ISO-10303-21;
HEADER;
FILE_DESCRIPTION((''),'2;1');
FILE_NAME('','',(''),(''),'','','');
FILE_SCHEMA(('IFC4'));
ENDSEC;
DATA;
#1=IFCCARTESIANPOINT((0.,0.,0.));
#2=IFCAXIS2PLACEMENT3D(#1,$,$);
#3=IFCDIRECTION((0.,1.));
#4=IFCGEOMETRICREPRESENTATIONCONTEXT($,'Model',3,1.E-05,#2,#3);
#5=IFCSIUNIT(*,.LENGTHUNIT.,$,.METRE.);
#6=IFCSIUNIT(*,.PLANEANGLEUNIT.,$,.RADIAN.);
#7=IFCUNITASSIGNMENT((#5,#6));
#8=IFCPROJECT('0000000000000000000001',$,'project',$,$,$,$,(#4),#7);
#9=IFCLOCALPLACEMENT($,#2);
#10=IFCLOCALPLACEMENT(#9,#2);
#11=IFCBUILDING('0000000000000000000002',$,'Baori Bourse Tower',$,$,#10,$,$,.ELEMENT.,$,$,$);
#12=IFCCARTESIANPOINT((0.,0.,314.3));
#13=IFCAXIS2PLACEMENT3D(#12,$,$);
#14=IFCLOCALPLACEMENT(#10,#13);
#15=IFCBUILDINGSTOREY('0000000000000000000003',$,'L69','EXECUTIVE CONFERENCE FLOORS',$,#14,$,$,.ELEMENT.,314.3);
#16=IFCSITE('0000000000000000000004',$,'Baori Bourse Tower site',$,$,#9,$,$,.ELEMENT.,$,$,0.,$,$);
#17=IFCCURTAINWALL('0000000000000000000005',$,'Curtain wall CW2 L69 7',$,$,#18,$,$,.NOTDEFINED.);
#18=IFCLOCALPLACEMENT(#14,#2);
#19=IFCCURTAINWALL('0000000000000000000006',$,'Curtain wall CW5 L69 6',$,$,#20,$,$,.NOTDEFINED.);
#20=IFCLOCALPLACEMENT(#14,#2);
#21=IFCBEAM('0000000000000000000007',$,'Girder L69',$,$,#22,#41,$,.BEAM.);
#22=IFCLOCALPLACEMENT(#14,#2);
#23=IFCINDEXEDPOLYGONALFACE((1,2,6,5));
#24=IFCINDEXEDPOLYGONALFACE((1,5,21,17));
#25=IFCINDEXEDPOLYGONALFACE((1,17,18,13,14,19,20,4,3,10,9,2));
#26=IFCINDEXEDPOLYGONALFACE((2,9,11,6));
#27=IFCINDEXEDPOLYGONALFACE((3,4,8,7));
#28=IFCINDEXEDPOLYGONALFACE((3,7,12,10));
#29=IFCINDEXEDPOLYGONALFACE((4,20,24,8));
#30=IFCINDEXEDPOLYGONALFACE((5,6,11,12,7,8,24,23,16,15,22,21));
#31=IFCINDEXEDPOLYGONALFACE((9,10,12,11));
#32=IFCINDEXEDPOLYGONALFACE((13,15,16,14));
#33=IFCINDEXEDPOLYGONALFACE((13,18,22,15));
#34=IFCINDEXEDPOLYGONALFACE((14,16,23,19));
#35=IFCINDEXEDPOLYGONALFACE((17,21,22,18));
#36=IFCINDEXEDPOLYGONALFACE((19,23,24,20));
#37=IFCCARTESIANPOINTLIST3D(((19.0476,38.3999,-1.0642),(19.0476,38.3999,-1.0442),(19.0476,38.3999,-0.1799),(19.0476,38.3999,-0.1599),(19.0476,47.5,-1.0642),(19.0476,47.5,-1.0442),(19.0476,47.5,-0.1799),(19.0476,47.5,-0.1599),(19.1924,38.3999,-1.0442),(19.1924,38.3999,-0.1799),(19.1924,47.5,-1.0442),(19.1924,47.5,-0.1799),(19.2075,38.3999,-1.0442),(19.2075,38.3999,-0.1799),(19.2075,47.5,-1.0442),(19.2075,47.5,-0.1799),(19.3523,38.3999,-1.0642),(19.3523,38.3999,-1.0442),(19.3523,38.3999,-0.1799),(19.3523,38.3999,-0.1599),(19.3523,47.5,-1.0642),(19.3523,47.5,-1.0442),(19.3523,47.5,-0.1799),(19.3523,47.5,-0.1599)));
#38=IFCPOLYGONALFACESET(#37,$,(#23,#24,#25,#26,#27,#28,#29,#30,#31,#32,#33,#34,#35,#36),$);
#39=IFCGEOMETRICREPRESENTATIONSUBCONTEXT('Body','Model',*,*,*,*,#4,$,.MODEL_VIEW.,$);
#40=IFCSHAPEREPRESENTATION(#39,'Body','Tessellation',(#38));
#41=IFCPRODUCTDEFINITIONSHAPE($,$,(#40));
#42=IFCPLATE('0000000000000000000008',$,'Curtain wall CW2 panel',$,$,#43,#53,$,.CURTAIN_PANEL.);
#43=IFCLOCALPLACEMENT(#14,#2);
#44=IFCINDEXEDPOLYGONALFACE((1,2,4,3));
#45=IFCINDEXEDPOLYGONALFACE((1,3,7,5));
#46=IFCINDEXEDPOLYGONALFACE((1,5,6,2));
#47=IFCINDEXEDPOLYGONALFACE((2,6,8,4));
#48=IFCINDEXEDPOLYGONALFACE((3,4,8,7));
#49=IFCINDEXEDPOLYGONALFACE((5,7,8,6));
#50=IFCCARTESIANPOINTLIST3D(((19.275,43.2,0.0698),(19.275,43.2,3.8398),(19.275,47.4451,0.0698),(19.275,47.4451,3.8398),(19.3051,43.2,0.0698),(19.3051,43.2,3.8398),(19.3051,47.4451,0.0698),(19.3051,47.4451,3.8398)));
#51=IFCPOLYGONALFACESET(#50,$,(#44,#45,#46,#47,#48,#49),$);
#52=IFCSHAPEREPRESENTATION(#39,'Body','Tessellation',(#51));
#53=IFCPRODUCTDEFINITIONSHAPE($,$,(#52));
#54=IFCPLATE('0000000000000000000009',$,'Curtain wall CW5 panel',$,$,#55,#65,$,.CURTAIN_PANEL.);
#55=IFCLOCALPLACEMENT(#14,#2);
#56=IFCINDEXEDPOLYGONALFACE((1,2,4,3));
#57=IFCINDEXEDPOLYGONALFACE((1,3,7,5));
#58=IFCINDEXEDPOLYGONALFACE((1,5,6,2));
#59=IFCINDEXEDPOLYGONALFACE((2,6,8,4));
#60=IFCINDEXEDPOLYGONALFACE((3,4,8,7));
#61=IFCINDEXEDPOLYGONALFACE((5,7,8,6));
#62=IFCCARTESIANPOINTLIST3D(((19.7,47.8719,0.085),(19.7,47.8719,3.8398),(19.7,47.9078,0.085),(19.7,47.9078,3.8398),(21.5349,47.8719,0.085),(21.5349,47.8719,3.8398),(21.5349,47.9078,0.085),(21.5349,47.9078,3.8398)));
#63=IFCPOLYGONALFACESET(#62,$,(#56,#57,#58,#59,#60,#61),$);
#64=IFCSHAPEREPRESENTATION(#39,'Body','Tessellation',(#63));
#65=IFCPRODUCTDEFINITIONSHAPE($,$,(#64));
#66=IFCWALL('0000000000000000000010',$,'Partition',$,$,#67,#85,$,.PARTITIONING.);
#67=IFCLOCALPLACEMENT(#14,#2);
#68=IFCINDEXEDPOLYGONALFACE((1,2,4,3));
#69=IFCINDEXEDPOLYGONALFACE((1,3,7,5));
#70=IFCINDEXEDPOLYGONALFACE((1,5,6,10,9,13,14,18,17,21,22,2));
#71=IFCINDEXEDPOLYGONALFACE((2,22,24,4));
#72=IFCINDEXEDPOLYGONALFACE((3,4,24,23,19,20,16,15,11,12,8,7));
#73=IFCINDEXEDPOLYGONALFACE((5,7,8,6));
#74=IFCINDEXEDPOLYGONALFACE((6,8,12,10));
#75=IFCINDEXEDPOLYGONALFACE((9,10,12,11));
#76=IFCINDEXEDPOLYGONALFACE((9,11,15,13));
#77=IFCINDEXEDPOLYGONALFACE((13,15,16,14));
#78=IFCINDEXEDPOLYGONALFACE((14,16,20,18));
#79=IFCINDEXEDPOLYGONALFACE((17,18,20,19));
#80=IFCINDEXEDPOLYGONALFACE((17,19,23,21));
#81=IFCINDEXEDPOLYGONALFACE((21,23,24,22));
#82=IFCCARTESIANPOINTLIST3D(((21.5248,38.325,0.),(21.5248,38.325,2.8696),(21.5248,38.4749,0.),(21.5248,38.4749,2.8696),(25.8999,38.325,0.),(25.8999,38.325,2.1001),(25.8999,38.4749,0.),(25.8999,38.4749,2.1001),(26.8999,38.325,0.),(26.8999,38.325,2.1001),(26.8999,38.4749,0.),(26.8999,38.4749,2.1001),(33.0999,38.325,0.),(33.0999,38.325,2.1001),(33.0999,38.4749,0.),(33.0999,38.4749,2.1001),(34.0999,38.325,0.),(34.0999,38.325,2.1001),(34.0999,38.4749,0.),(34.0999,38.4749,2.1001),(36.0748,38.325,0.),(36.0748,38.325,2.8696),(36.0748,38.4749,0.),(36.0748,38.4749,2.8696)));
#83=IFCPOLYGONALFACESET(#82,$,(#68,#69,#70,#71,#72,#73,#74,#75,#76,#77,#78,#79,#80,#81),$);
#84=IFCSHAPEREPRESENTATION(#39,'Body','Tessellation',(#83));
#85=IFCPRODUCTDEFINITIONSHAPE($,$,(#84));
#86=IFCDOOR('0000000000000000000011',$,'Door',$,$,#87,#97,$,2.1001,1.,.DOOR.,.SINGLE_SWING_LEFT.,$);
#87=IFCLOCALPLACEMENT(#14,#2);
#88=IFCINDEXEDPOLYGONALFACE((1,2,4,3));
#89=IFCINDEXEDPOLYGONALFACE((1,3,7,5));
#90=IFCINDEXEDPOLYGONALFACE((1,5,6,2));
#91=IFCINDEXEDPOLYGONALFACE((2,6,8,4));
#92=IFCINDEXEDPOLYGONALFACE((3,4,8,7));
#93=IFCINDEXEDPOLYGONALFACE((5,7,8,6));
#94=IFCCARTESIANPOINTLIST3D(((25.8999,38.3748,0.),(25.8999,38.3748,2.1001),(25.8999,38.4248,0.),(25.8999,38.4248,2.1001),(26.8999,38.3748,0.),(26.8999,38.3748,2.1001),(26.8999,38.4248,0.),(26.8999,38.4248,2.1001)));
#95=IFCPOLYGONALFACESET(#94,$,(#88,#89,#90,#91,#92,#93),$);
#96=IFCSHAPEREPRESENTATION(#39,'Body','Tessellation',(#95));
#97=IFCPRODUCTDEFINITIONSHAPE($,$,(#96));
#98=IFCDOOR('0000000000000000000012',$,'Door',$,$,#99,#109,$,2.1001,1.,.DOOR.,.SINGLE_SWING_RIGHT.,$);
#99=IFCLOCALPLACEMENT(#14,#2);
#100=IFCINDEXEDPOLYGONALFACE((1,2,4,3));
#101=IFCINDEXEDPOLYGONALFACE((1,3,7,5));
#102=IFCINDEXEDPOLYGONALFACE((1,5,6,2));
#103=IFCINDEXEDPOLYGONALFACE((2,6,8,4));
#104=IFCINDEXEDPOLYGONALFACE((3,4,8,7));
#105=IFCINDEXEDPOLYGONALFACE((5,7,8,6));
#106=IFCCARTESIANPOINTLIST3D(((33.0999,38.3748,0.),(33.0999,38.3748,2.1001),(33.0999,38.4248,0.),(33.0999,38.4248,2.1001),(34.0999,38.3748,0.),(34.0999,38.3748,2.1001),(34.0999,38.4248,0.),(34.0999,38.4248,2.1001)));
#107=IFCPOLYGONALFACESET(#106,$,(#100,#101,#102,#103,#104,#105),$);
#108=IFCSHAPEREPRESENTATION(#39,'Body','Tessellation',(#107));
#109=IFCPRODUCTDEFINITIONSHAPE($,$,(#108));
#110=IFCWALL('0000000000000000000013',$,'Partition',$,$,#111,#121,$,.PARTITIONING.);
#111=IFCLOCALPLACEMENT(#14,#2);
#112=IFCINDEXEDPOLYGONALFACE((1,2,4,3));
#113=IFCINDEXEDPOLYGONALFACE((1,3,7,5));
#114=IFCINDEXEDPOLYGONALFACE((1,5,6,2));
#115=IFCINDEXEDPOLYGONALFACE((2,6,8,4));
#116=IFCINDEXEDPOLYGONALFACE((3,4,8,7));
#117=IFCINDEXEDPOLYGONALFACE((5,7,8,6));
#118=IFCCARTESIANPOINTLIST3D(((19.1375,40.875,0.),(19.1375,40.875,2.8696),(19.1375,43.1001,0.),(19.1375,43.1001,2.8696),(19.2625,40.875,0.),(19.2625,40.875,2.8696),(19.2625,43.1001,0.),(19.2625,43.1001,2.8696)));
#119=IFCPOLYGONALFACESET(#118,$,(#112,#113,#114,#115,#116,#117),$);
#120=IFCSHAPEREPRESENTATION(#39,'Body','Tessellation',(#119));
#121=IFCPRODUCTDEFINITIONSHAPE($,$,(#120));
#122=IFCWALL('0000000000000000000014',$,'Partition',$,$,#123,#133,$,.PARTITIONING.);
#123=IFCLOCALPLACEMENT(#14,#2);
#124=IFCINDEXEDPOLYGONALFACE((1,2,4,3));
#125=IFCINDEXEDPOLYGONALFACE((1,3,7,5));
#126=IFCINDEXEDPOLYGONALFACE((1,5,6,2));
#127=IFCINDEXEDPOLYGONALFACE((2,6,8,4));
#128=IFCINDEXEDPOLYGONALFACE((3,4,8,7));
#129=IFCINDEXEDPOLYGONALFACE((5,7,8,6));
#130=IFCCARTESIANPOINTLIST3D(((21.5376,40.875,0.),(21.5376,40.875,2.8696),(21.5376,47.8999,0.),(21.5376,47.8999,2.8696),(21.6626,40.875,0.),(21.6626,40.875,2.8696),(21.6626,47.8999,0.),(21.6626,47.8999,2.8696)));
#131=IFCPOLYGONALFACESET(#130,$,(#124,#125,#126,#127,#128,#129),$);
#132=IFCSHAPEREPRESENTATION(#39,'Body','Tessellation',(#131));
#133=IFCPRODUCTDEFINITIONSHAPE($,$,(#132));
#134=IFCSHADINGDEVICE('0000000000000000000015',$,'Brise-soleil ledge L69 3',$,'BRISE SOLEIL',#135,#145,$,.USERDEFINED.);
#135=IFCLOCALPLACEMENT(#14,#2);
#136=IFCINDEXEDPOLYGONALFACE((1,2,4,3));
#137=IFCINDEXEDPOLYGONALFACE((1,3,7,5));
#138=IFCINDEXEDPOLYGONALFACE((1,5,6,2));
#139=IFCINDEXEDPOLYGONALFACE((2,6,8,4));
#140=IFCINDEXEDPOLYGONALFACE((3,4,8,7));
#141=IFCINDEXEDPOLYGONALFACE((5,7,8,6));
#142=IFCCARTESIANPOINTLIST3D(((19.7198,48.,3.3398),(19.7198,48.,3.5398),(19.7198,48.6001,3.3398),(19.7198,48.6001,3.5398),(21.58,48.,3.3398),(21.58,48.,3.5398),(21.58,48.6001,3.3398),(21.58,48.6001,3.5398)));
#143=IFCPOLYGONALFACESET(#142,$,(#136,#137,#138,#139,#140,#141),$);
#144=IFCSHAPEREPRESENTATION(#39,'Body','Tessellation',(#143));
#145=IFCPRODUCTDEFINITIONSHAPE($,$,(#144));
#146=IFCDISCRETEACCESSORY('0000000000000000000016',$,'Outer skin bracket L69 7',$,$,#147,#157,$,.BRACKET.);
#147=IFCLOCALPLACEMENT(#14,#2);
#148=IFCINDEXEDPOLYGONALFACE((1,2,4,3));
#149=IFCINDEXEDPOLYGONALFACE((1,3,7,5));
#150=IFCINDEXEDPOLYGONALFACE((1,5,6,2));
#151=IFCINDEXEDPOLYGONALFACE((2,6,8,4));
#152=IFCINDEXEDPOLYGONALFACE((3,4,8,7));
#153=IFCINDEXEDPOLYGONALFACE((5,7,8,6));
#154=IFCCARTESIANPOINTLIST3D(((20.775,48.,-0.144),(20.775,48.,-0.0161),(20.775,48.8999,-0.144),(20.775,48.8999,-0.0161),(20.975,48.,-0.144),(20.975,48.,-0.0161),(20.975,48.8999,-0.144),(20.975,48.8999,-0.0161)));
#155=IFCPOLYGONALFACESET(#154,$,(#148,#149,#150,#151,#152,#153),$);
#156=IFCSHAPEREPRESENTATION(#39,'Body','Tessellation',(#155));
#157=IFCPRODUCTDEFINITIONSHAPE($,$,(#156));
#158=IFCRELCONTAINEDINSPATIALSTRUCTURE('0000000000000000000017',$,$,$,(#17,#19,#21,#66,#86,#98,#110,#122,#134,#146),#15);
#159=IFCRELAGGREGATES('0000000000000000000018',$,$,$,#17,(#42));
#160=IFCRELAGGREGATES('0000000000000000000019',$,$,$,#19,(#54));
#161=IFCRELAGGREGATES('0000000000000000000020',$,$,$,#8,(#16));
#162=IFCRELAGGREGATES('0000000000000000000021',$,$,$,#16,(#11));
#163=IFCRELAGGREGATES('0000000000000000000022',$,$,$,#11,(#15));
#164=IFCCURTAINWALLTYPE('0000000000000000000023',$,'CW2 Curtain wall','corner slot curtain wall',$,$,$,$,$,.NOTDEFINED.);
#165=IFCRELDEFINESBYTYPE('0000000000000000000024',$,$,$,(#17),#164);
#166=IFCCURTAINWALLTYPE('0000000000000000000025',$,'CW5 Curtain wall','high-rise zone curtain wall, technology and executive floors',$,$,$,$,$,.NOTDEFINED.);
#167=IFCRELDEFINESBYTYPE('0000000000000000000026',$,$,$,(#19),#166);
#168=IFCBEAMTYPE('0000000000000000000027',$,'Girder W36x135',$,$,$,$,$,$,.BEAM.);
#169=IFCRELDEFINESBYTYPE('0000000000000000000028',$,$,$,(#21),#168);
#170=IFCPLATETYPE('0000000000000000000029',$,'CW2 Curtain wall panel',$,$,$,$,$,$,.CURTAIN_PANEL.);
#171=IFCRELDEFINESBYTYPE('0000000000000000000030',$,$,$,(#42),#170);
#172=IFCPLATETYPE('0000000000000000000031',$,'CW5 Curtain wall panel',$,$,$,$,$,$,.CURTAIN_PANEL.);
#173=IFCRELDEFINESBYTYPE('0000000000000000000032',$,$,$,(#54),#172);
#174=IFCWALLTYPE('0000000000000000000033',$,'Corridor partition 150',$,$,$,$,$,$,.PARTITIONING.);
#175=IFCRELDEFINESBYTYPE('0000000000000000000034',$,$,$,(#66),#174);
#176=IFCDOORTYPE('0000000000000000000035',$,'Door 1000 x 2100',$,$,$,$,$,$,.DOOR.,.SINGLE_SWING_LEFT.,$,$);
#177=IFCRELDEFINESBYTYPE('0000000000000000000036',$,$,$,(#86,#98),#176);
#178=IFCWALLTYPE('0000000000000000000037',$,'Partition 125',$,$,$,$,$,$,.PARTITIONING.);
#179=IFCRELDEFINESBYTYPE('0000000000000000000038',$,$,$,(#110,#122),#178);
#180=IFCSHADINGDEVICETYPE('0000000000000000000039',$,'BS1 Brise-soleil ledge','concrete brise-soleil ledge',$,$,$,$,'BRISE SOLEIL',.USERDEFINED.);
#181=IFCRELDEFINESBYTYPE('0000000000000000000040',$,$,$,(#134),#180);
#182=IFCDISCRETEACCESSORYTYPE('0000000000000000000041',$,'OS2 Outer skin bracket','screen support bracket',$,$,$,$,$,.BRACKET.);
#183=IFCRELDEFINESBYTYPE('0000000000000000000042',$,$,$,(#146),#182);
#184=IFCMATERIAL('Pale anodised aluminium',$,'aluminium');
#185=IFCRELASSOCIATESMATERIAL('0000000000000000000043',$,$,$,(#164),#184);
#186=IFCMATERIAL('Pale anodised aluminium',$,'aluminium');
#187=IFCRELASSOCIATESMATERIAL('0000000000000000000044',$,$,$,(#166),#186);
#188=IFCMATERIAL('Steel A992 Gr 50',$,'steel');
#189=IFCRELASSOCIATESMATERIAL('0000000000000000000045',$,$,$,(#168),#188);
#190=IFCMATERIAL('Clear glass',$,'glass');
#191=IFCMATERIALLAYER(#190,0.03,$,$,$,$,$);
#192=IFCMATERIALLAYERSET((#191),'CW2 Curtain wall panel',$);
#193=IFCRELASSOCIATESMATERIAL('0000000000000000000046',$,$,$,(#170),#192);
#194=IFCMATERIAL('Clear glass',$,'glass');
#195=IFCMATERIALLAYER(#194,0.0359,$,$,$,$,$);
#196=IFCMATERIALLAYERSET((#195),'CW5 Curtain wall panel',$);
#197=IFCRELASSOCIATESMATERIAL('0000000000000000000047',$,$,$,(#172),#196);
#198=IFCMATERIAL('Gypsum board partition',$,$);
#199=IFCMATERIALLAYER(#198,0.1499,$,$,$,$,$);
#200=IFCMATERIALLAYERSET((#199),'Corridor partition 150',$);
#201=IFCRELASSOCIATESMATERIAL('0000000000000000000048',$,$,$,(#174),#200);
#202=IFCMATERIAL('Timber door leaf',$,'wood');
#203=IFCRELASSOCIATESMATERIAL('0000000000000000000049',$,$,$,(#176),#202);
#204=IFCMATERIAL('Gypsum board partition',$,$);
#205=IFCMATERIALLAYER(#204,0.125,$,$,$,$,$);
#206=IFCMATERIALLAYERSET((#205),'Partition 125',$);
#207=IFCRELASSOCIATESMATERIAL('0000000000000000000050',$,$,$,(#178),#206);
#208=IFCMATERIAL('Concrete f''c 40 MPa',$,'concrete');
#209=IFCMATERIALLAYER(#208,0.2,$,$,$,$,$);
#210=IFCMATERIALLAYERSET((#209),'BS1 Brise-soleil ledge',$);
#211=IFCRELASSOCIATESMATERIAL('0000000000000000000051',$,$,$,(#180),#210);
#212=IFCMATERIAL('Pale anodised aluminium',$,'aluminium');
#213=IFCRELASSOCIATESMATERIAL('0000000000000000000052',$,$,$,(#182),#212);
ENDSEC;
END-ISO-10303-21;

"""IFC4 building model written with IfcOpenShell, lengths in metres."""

from ifc_helpers import new_model, si_unit, direction, frame, frame_2d, origin, origin_2d, place, context, subcontext, project, spatial, rectangle, i_section, extrude, material, layer, layer_set, material_profile, profile_set, type_object, element, fill, aggregate, save


model = new_model("IFC4")

# Units and contexts
model_context = context("Model", 3, precision=1e-05, world=origin(), true_north=direction((0.0, 1.0)))
body_context = subcontext(model_context, "Body", "Model", "MODEL_VIEW")
ifc_project = project(units=[si_unit("LENGTHUNIT", "METRE"), si_unit("PLANEANGLEUNIT", "RADIAN")], contexts=[model_context])

# Site, building, storey
site_placement = place(None, origin())
site = spatial("IfcSite", under=ifc_project, at=site_placement, Name="Baori Bourse Tower site", CompositionType="ELEMENT", RefElevation=0.0)
building_placement = place(site_placement, origin())
building = spatial("IfcBuilding", under=site, at=building_placement, Name="Baori Bourse Tower", CompositionType="ELEMENT")
storey_placement = place(building_placement, frame((0.0, 0.0, 314.3)))
storey = spatial("IfcBuildingStorey", under=building, at=storey_placement, Name="L69", Description="EXECUTIVE CONFERENCE FLOORS", CompositionType="ELEMENT", Elevation=314.3)

# Curtain wall
ifc_material_1 = material(Name="Pale anodised aluminium", Category="aluminium")
curtain_wall_type_1 = type_object("IfcCurtainWallType", Name="CW2 Curtain wall", Description="corner slot curtain wall", PredefinedType="NOTDEFINED", material=ifc_material_1)
curtain_wall_1_placement = place(storey_placement, origin())
curtain_wall_1 = element("IfcCurtainWall", 1, at=curtain_wall_1_placement, inside=storey, type_object=curtain_wall_type_1, Name="Curtain wall CW2 L69 7", PredefinedType="NOTDEFINED")

# Curtain wall
ifc_material_2 = material(Name="Pale anodised aluminium", Category="aluminium")
curtain_wall_type_2 = type_object("IfcCurtainWallType", Name="CW5 Curtain wall", Description="high-rise zone curtain wall, technology and executive floors", PredefinedType="NOTDEFINED", material=ifc_material_2)
curtain_wall_2_placement = place(storey_placement, origin())
curtain_wall_2 = element("IfcCurtainWall", 2, at=curtain_wall_2_placement, inside=storey, type_object=curtain_wall_type_2, Name="Curtain wall CW5 L69 6", PredefinedType="NOTDEFINED")

# Beam
ifc_material_3 = material(Name="Steel A992 Gr 50", Category="steel")
ifc_material_profile_1 = material_profile(ifc_material_3, i_section(OverallWidth=0.3047, OverallDepth=0.9043, WebThickness=0.0151, FlangeThickness=0.02, at=origin_2d()), Name="W36x135")
ifc_profile_set_1 = profile_set([ifc_material_profile_1], Name="Steel A992 Gr 50")
beam_type_1 = type_object("IfcBeamType", Name="Girder W36x135", PredefinedType="BEAM", material=ifc_profile_set_1)
beam_1_placement = place(storey_placement, frame((19.2, 38.3999, -0.6121), z_axis=(0.0, 1.0, 0.0), x_axis=(-1.0, 0.0, 0.0)))
element("IfcBeam", 3, at=beam_1_placement, inside=storey, type_object=beam_type_1, Name="Girder L69", PredefinedType="BEAM", context=body_context, shape_type="SweptSolid", body=[
    extrude(i_section(OverallWidth=0.3047, OverallDepth=0.9043, WebThickness=0.0151, FlangeThickness=0.02, at=origin_2d()), origin(), (0.0, 0.0, 1.0), 9.1001),
])

# Plates
ifc_material_4 = material(Name="Clear glass", Category="glass")
ifc_layer_1 = layer(ifc_material_4, 0.03)
ifc_layer_set_1 = layer_set([ifc_layer_1], Name="CW2 Curtain wall panel")
plate_type_1 = type_object("IfcPlateType", Name="CW2 Curtain wall panel", PredefinedType="CURTAIN_PANEL", material=ifc_layer_set_1)
plate_1_placement = place(storey_placement, frame((19.29, 45.3225, 0.0698), z_axis=(0.0, 0.0, 1.0), x_axis=(0.0, -1.0, 0.0)))
plate_1 = element("IfcPlate", 4, at=plate_1_placement, type_object=plate_type_1, Name="Curtain wall CW2 panel", PredefinedType="CURTAIN_PANEL", context=body_context, shape_type="SweptSolid", body=[
    extrude(rectangle(XDim=4.2451, YDim=0.03, at=origin_2d()), origin(), (0.0, 0.0, 1.0), 3.77),
])
aggregate(curtain_wall_1, [plate_1])
ifc_material_5 = material(Name="Clear glass", Category="glass")
ifc_layer_2 = layer(ifc_material_5, 0.0359)
ifc_layer_set_2 = layer_set([ifc_layer_2], Name="CW5 Curtain wall panel")
plate_type_2 = type_object("IfcPlateType", Name="CW5 Curtain wall panel", PredefinedType="CURTAIN_PANEL", material=ifc_layer_set_2)
plate_2_placement = place(storey_placement, frame((20.6174, 47.8899, 0.085), z_axis=(0.0, 0.0, 1.0), x_axis=(-1.0, 0.0, 0.0)))
plate_2 = element("IfcPlate", 5, at=plate_2_placement, type_object=plate_type_2, Name="Curtain wall CW5 panel", PredefinedType="CURTAIN_PANEL", context=body_context, shape_type="SweptSolid", body=[
    extrude(rectangle(XDim=1.835, YDim=0.0359, at=origin_2d()), origin(), (0.0, 0.0, 1.0), 3.7549),
])
aggregate(curtain_wall_2, [plate_2])

# Wall, openings, doors
ifc_material_6 = material(Name="Gypsum board partition")
ifc_layer_3 = layer(ifc_material_6, 0.1499)
ifc_layer_set_3 = layer_set([ifc_layer_3], Name="Corridor partition 150")
wall_type_1 = type_object("IfcWallType", Name="Corridor partition 150", PredefinedType="PARTITIONING", material=ifc_layer_set_3)
wall_1_placement = place(storey_placement, frame((21.5249, 38.3999, 0.0), z_axis=(0.0, 0.0, 1.0), x_axis=(1.0, 0.0, 0.0)))
wall_1 = element("IfcWall", 6, at=wall_1_placement, inside=storey, type_object=wall_type_1, Name="Partition", PredefinedType="PARTITIONING", context=body_context, shape_type="SweptSolid", body=[
    extrude(rectangle(XDim=14.55, YDim=0.1499, at=frame_2d((7.2749, 0.0))), origin(), (0.0, 0.0, 1.0), 2.8696),
])
opening_1_placement = place(wall_1_placement, frame((4.375, 0.0, 0.0)))
opening_1 = element("IfcOpeningElement", 7, at=opening_1_placement, cuts=wall_1, PredefinedType="OPENING", context=body_context, shape_type="SweptSolid", body=[
    extrude(rectangle(XDim=1.0, YDim=2.1001, at=frame_2d((0.5, 1.05))), frame((0.0, 0.085, 0.0), z_axis=(0.0, -1.0, 0.0), x_axis=(1.0, 0.0, 0.0)), (0.0, 0.0, 1.0), 0.1699),
])
opening_2_placement = place(wall_1_placement, frame((11.575, 0.0, 0.0)))
opening_2 = element("IfcOpeningElement", 8, at=opening_2_placement, cuts=wall_1, PredefinedType="OPENING", context=body_context, shape_type="SweptSolid", body=[
    extrude(rectangle(XDim=1.0, YDim=2.1001, at=frame_2d((0.5, 1.05))), frame((0.0, 0.085, 0.0), z_axis=(0.0, -1.0, 0.0), x_axis=(1.0, 0.0, 0.0)), (0.0, 0.0, 1.0), 0.1699),
])
ifc_material_7 = material(Name="Timber door leaf", Category="wood")
door_type = type_object("IfcDoorType", Name="Door 1000 x 2100", OperationType="SINGLE_SWING_LEFT", PredefinedType="DOOR", material=ifc_material_7)
door_1_placement = place(opening_1_placement, origin())
door_1 = element("IfcDoor", 9, at=door_1_placement, inside=storey, type_object=door_type, Name="Door", OperationType="SINGLE_SWING_LEFT", OverallHeight=2.1001, OverallWidth=1.0, PredefinedType="DOOR", context=body_context, shape_type="SweptSolid", body=[
    extrude(rectangle(XDim=1.0, YDim=2.1001, at=frame_2d((0.5, 1.05))), frame((0.0, 0.0249, 0.0), z_axis=(0.0, -1.0, 0.0), x_axis=(1.0, 0.0, 0.0)), (0.0, 0.0, 1.0), 0.05),
])
fill(opening_1, door_1)
door_2_placement = place(opening_2_placement, origin())
door_2 = element("IfcDoor", 10, at=door_2_placement, inside=storey, type_object=door_type, Name="Door", OperationType="SINGLE_SWING_RIGHT", OverallHeight=2.1001, OverallWidth=1.0, PredefinedType="DOOR", context=body_context, shape_type="SweptSolid", body=[
    extrude(rectangle(XDim=1.0, YDim=2.1001, at=frame_2d((0.5, 1.05))), frame((0.0, 0.0249, 0.0), z_axis=(0.0, -1.0, 0.0), x_axis=(1.0, 0.0, 0.0)), (0.0, 0.0, 1.0), 0.05),
])
fill(opening_2, door_2)

# Walls
ifc_material_8 = material(Name="Gypsum board partition")
ifc_layer_4 = layer(ifc_material_8, 0.125)
ifc_layer_set_4 = layer_set([ifc_layer_4], Name="Partition 125")
wall_type_2 = type_object("IfcWallType", Name="Partition 125", PredefinedType="PARTITIONING", material=ifc_layer_set_4)
wall_2_placement = place(storey_placement, frame((19.2, 40.875, 0.0), z_axis=(0.0, 0.0, 1.0), x_axis=(0.0, 1.0, 0.0)))
element("IfcWall", 11, at=wall_2_placement, inside=storey, type_object=wall_type_2, Name="Partition", PredefinedType="PARTITIONING", context=body_context, shape_type="SweptSolid", body=[
    extrude(rectangle(XDim=2.2251, YDim=0.125, at=frame_2d((1.1125, 0.0))), origin(), (0.0, 0.0, 1.0), 2.8696),
])
wall_3_placement = place(storey_placement, frame((21.6001, 40.875, 0.0), z_axis=(0.0, 0.0, 1.0), x_axis=(0.0, 1.0, 0.0)))
element("IfcWall", 12, at=wall_3_placement, inside=storey, type_object=wall_type_2, Name="Partition", PredefinedType="PARTITIONING", context=body_context, shape_type="SweptSolid", body=[
    extrude(rectangle(XDim=7.0249, YDim=0.125, at=frame_2d((3.5125, 0.0))), origin(), (0.0, 0.0, 1.0), 2.8696),
])

# Shading device
ifc_material_9 = material(Name="Concrete f'c 40 MPa", Category="concrete")
ifc_layer_5 = layer(ifc_material_9, 0.2)
ifc_layer_set_5 = layer_set([ifc_layer_5], Name="BS1 Brise-soleil ledge")
shading_device_type = type_object("IfcShadingDeviceType", Name="BS1 Brise-soleil ledge", Description="concrete brise-soleil ledge", ElementType="BRISE SOLEIL", PredefinedType="USERDEFINED", material=ifc_layer_set_5)
shading_device_placement = place(storey_placement, frame((20.6499, 48.3, 3.3398), z_axis=(0.0, 0.0, 1.0), x_axis=(-1.0, 0.0, 0.0)))
element("IfcShadingDevice", 13, at=shading_device_placement, inside=storey, type_object=shading_device_type, Name="Brise-soleil ledge L69 3", ObjectType="BRISE SOLEIL", PredefinedType="USERDEFINED", context=body_context, shape_type="SweptSolid", body=[
    extrude(rectangle(XDim=1.8601, YDim=0.6001, at=origin_2d()), origin(), (0.0, 0.0, 1.0), 0.2),
])

# Discrete accessory
ifc_material_10 = material(Name="Pale anodised aluminium", Category="aluminium")
discrete_accessory_type = type_object("IfcDiscreteAccessoryType", Name="OS2 Outer skin bracket", Description="screen support bracket", PredefinedType="BRACKET", material=ifc_material_10)
discrete_accessory_placement = place(storey_placement, frame((20.875, 48.45, -0.144), z_axis=(0.0, 0.0, 1.0), x_axis=(-1.0, 0.0, 0.0)))
element("IfcDiscreteAccessory", 14, at=discrete_accessory_placement, inside=storey, type_object=discrete_accessory_type, Name="Outer skin bracket L69 7", PredefinedType="BRACKET", context=body_context, shape_type="SweptSolid", body=[
    extrude(rectangle(XDim=0.2, YDim=0.8999, at=origin_2d()), origin(), (0.0, 0.0, 1.0), 0.1279),
])

save(model, "model.ifc")
